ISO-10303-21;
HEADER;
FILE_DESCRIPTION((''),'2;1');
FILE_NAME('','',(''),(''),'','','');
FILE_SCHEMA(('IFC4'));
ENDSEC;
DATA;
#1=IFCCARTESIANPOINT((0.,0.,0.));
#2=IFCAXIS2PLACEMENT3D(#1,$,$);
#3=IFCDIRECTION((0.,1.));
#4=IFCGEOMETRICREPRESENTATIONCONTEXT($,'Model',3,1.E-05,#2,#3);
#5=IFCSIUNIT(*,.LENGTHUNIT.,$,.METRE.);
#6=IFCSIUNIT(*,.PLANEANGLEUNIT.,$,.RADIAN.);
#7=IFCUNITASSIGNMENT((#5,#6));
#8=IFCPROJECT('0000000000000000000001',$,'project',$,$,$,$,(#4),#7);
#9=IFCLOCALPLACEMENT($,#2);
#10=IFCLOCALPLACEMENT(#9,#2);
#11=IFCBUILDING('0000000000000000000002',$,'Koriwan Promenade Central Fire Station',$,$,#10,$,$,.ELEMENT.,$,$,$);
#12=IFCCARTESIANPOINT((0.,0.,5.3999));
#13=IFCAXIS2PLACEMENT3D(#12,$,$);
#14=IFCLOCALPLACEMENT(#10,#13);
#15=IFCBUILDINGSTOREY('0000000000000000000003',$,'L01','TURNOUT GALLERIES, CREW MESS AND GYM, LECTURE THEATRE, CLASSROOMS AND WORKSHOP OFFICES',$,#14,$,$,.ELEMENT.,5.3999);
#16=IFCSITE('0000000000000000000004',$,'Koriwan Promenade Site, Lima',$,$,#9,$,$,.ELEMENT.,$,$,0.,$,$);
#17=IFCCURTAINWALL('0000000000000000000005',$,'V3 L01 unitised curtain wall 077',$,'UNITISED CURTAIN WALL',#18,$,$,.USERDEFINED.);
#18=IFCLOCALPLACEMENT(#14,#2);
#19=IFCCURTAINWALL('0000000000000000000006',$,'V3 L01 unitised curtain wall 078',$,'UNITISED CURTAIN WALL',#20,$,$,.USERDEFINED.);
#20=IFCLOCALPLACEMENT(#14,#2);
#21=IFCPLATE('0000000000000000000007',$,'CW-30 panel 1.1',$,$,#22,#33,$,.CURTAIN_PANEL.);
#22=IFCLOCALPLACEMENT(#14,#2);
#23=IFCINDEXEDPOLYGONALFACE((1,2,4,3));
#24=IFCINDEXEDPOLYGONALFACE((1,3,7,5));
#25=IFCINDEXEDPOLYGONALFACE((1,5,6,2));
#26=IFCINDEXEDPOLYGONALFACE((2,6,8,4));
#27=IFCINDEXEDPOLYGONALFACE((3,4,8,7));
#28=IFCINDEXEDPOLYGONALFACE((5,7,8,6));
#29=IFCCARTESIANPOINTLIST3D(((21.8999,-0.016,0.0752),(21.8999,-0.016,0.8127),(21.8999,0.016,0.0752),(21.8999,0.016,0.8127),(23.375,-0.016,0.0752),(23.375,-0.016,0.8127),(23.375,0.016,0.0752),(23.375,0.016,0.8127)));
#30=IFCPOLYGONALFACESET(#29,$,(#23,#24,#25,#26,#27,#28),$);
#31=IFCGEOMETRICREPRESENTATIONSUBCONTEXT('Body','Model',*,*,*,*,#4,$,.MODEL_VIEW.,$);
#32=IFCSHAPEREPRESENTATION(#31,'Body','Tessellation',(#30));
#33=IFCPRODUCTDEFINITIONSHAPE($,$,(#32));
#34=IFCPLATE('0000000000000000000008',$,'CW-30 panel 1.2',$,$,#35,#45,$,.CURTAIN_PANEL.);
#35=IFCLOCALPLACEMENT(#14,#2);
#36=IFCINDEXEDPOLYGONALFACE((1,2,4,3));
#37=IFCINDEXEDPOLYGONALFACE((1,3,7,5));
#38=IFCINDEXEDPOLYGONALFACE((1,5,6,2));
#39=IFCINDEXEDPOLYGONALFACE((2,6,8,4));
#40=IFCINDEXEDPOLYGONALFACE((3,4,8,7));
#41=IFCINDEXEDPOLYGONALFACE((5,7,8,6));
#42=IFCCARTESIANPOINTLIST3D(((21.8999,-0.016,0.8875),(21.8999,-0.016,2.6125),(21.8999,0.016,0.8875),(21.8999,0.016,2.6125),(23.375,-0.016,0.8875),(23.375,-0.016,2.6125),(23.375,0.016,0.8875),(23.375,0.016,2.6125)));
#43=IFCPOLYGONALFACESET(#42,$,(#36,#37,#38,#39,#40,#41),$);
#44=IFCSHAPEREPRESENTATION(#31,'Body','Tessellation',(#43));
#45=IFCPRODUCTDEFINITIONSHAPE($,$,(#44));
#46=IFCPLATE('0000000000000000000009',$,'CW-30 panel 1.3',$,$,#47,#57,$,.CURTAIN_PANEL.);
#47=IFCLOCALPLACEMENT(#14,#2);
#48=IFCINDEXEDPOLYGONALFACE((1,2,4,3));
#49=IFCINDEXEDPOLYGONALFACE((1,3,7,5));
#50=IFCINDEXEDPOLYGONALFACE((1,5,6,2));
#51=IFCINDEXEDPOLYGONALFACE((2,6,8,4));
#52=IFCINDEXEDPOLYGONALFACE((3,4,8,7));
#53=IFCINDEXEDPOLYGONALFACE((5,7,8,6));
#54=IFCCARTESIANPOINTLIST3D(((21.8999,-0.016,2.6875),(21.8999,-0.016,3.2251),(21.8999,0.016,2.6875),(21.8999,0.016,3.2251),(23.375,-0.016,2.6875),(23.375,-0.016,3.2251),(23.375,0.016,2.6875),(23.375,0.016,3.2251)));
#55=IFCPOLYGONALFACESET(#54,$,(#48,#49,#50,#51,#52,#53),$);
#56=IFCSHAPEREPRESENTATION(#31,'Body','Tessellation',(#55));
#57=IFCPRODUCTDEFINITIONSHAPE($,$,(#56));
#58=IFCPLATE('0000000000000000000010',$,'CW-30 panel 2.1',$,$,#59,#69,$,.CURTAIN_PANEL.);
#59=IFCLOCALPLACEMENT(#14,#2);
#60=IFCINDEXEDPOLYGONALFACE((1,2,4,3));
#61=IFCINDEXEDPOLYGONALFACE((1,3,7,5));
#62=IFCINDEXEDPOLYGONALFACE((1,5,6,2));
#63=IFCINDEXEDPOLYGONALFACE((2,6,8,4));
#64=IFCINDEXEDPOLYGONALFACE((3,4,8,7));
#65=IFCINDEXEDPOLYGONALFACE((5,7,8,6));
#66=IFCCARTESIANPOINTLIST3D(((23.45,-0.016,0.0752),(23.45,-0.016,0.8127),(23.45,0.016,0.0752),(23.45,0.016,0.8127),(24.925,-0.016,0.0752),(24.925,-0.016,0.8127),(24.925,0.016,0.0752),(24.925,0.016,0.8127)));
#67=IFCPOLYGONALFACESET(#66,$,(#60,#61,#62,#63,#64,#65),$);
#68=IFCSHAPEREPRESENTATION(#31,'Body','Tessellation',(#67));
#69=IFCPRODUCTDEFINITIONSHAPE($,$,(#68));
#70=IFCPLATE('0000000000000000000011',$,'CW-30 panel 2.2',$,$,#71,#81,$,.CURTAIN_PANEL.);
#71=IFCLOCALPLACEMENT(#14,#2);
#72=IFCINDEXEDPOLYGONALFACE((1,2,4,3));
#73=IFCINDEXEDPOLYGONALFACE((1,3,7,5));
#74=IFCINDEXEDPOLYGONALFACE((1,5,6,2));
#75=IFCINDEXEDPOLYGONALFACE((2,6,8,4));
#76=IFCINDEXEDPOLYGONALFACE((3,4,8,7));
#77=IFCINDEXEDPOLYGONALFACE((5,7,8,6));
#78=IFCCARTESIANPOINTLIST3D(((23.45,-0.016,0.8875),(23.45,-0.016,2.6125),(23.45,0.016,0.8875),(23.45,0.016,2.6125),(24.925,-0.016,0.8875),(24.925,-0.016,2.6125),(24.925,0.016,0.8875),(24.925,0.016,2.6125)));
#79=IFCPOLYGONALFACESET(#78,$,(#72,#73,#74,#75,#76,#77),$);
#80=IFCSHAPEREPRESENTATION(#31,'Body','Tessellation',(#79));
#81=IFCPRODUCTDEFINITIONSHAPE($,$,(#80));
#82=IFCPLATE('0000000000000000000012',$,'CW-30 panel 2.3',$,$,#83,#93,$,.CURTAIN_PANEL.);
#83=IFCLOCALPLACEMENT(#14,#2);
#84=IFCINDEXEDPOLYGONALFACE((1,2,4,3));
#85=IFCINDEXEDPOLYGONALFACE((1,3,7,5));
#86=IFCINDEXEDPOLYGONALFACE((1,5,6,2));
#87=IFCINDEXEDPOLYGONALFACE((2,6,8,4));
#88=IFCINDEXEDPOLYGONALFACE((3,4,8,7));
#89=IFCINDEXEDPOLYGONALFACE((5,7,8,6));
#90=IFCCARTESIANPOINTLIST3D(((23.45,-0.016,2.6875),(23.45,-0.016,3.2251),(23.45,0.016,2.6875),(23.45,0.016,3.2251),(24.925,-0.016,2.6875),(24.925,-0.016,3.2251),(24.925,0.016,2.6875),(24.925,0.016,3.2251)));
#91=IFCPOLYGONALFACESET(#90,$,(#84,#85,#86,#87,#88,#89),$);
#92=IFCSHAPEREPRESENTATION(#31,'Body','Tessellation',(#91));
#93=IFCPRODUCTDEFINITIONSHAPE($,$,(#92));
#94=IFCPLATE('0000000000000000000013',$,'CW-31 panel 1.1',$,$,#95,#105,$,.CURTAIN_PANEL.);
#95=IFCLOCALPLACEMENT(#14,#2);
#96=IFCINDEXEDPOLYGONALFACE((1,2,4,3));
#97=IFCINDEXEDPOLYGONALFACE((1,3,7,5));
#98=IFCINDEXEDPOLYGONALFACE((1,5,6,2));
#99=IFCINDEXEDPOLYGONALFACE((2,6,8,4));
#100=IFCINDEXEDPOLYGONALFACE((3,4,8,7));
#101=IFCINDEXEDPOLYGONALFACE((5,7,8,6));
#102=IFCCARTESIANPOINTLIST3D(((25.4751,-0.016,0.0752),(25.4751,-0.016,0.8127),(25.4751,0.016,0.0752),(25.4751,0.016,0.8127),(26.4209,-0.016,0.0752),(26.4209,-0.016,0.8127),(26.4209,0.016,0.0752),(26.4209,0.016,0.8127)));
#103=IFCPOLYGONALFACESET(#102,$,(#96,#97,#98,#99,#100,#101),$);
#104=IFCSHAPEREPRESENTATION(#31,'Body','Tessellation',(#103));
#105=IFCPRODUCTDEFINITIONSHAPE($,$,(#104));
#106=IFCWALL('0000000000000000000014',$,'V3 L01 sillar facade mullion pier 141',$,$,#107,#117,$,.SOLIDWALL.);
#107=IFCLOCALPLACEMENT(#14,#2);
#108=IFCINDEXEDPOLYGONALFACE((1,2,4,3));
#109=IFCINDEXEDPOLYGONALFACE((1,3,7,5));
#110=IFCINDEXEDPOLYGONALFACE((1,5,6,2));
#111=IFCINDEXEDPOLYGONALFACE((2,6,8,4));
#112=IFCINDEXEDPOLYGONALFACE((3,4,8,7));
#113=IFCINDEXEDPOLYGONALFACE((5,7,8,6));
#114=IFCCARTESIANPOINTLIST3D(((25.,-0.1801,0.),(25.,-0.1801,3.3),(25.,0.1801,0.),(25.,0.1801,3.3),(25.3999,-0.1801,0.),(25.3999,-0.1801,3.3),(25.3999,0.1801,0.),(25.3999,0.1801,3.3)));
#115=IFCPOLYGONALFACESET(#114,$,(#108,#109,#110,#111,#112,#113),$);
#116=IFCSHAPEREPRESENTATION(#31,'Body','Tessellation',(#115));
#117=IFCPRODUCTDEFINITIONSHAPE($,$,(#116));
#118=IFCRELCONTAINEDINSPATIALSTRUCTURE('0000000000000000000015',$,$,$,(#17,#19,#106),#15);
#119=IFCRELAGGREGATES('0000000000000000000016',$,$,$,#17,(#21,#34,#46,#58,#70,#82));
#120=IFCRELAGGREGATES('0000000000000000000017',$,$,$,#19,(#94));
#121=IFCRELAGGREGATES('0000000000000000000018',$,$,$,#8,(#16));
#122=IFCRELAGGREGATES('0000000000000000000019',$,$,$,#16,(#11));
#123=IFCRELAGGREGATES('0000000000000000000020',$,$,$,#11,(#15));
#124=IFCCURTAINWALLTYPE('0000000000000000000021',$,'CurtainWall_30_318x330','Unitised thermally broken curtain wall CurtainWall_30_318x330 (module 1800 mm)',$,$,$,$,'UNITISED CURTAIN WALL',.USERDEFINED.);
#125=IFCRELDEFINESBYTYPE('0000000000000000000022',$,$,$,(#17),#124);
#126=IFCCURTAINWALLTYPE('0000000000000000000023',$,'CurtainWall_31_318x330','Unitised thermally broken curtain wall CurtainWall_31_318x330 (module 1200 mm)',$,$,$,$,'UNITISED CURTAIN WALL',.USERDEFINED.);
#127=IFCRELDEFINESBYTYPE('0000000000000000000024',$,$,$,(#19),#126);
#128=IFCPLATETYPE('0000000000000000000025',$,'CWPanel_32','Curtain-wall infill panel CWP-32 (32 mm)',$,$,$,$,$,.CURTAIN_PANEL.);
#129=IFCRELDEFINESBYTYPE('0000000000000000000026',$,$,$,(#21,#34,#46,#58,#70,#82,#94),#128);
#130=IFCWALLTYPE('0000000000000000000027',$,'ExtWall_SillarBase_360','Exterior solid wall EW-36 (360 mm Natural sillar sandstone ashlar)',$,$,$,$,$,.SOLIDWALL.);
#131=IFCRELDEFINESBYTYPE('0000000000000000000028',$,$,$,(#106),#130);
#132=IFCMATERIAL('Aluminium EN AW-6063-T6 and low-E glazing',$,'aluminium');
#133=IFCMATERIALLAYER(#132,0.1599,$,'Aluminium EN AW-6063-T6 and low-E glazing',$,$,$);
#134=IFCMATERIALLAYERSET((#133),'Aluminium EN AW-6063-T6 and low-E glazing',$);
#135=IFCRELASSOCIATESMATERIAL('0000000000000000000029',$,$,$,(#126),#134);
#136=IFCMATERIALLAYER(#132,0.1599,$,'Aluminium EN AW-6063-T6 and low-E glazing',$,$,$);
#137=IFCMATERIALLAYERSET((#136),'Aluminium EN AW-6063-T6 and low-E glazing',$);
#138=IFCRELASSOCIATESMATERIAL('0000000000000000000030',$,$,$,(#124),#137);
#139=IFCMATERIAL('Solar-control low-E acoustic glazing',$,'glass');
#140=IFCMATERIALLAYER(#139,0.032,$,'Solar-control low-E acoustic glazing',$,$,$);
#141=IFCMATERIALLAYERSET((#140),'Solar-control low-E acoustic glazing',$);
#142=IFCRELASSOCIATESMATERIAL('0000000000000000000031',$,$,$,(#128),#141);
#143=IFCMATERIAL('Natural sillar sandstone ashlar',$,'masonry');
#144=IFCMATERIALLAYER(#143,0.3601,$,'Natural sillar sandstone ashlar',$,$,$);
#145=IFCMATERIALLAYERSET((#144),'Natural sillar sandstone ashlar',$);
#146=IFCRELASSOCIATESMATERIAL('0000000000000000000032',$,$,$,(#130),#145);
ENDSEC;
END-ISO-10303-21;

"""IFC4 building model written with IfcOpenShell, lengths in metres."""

from ifc_helpers import new_model, si_unit, direction, frame, frame_2d, origin, origin_2d, place, context, subcontext, project, spatial, rectangle, extrude, material, layer, layer_set, type_object, element, aggregate, save


model = new_model("IFC4")

# Units and contexts
model_context = context("Model", 3, precision=1e-05, world=origin(), true_north=direction((0.0, 1.0)))
body_context = subcontext(model_context, "Body", "Model", "MODEL_VIEW")
ifc_project = project(units=[si_unit("LENGTHUNIT", "METRE"), si_unit("PLANEANGLEUNIT", "RADIAN")], contexts=[model_context])

# Site, building, storey
site_placement = place(None, origin())
site = spatial("IfcSite", under=ifc_project, at=site_placement, Name="Koriwan Promenade Site, Lima", CompositionType="ELEMENT", RefElevation=0.0)
building_placement = place(site_placement, origin())
building = spatial("IfcBuilding", under=site, at=building_placement, Name="Koriwan Promenade Central Fire Station", CompositionType="ELEMENT")
storey_placement = place(building_placement, frame((0.0, 0.0, 5.3999)))
storey = spatial("IfcBuildingStorey", under=building, at=storey_placement, Name="L01", Description="TURNOUT GALLERIES, CREW MESS AND GYM, LECTURE THEATRE, CLASSROOMS AND WORKSHOP OFFICES", CompositionType="ELEMENT", Elevation=5.3999)

# Shared definitions
ifc_material_1 = material(Name="Aluminium EN AW-6063-T6 and low-E glazing", Category="aluminium")
ifc_layer_1 = layer(ifc_material_1, 0.1599, Name="Aluminium EN AW-6063-T6 and low-E glazing")
ifc_layer_set_1 = layer_set([ifc_layer_1], Name="Aluminium EN AW-6063-T6 and low-E glazing")
curtain_wall_type_1 = type_object("IfcCurtainWallType", Name="CurtainWall_31_318x330", Description="Unitised thermally broken curtain wall CurtainWall_31_318x330 (module 1200 mm)", ElementType="UNITISED CURTAIN WALL", PredefinedType="USERDEFINED", material=ifc_layer_set_1)

# Curtain wall
ifc_layer_2 = layer(ifc_material_1, 0.1599, Name="Aluminium EN AW-6063-T6 and low-E glazing")
ifc_layer_set_2 = layer_set([ifc_layer_2], Name="Aluminium EN AW-6063-T6 and low-E glazing")
curtain_wall_type_2 = type_object("IfcCurtainWallType", Name="CurtainWall_30_318x330", Description="Unitised thermally broken curtain wall CurtainWall_30_318x330 (module 1800 mm)", ElementType="UNITISED CURTAIN WALL", PredefinedType="USERDEFINED", material=ifc_layer_set_2)
curtain_wall_1_placement = place(storey_placement, origin())
curtain_wall_1 = element("IfcCurtainWall", 1, at=curtain_wall_1_placement, inside=storey, type_object=curtain_wall_type_2, Name="V3 L01 unitised curtain wall 077", ObjectType="UNITISED CURTAIN WALL", PredefinedType="USERDEFINED")

# Curtain wall
curtain_wall_2_placement = place(storey_placement, origin())
curtain_wall_2 = element("IfcCurtainWall", 2, at=curtain_wall_2_placement, inside=storey, type_object=curtain_wall_type_1, Name="V3 L01 unitised curtain wall 078", ObjectType="UNITISED CURTAIN WALL", PredefinedType="USERDEFINED")

# Plates
ifc_material_2 = material(Name="Solar-control low-E acoustic glazing", Category="glass")
ifc_layer_3 = layer(ifc_material_2, 0.032, Name="Solar-control low-E acoustic glazing")
ifc_layer_set_3 = layer_set([ifc_layer_3], Name="Solar-control low-E acoustic glazing")
plate_type = type_object("IfcPlateType", Name="CWPanel_32", Description="Curtain-wall infill panel CWP-32 (32 mm)", PredefinedType="CURTAIN_PANEL", material=ifc_layer_set_3)
plate_1_placement = place(storey_placement, frame((22.6375, 0.0, 0.0752), z_axis=(0.0, 0.0, 1.0), x_axis=(1.0, 0.0, 0.0)))
plate_1 = element("IfcPlate", 3, at=plate_1_placement, type_object=plate_type, Name="CW-30 panel 1.1", PredefinedType="CURTAIN_PANEL", context=body_context, shape_type="SweptSolid", body=[
    extrude(rectangle(XDim=1.4751, YDim=0.032, at=origin_2d()), origin(), (0.0, 0.0, 1.0), 0.7375),
])
plate_2_placement = place(storey_placement, frame((22.6375, 0.0, 0.8875), z_axis=(0.0, 0.0, 1.0), x_axis=(1.0, 0.0, 0.0)))
plate_2 = element("IfcPlate", 4, at=plate_2_placement, type_object=plate_type, Name="CW-30 panel 1.2", PredefinedType="CURTAIN_PANEL", context=body_context, shape_type="SweptSolid", body=[
    extrude(rectangle(XDim=1.4751, YDim=0.032, at=origin_2d()), origin(), (0.0, 0.0, 1.0), 1.7251),
])
plate_3_placement = place(storey_placement, frame((22.6375, 0.0, 2.6875), z_axis=(0.0, 0.0, 1.0), x_axis=(1.0, 0.0, 0.0)))
plate_3 = element("IfcPlate", 5, at=plate_3_placement, type_object=plate_type, Name="CW-30 panel 1.3", PredefinedType="CURTAIN_PANEL", context=body_context, shape_type="SweptSolid", body=[
    extrude(rectangle(XDim=1.4751, YDim=0.032, at=origin_2d()), origin(), (0.0, 0.0, 1.0), 0.5376),
])
plate_4_placement = place(storey_placement, frame((24.1875, 0.0, 0.0752), z_axis=(0.0, 0.0, 1.0), x_axis=(1.0, 0.0, 0.0)))
plate_4 = element("IfcPlate", 6, at=plate_4_placement, type_object=plate_type, Name="CW-30 panel 2.1", PredefinedType="CURTAIN_PANEL", context=body_context, shape_type="SweptSolid", body=[
    extrude(rectangle(XDim=1.4751, YDim=0.032, at=origin_2d()), origin(), (0.0, 0.0, 1.0), 0.7375),
])
plate_5_placement = place(storey_placement, frame((24.1875, 0.0, 0.8875), z_axis=(0.0, 0.0, 1.0), x_axis=(1.0, 0.0, 0.0)))
plate_5 = element("IfcPlate", 7, at=plate_5_placement, type_object=plate_type, Name="CW-30 panel 2.2", PredefinedType="CURTAIN_PANEL", context=body_context, shape_type="SweptSolid", body=[
    extrude(rectangle(XDim=1.4751, YDim=0.032, at=origin_2d()), origin(), (0.0, 0.0, 1.0), 1.7251),
])
plate_6_placement = place(storey_placement, frame((24.1875, 0.0, 2.6875), z_axis=(0.0, 0.0, 1.0), x_axis=(1.0, 0.0, 0.0)))
plate_6 = element("IfcPlate", 8, at=plate_6_placement, type_object=plate_type, Name="CW-30 panel 2.3", PredefinedType="CURTAIN_PANEL", context=body_context, shape_type="SweptSolid", body=[
    extrude(rectangle(XDim=1.4751, YDim=0.032, at=origin_2d()), origin(), (0.0, 0.0, 1.0), 0.5376),
])
aggregate(curtain_wall_1, [plate_1, plate_2, plate_3, plate_4, plate_5, plate_6])
plate_7_placement = place(storey_placement, frame((25.948, 0.0, 0.0752), z_axis=(0.0, 0.0, 1.0), x_axis=(1.0, 0.0, 0.0)))
plate_7 = element("IfcPlate", 9, at=plate_7_placement, type_object=plate_type, Name="CW-31 panel 1.1", PredefinedType="CURTAIN_PANEL", context=body_context, shape_type="SweptSolid", body=[
    extrude(rectangle(XDim=0.9458, YDim=0.032, at=origin_2d()), origin(), (0.0, 0.0, 1.0), 0.7375),
])
aggregate(curtain_wall_2, [plate_7])

# Wall
ifc_material_3 = material(Name="Natural sillar sandstone ashlar", Category="masonry")
ifc_layer_4 = layer(ifc_material_3, 0.3601, Name="Natural sillar sandstone ashlar")
ifc_layer_set_4 = layer_set([ifc_layer_4], Name="Natural sillar sandstone ashlar")
wall_type = type_object("IfcWallType", Name="ExtWall_SillarBase_360", Description="Exterior solid wall EW-36 (360 mm Natural sillar sandstone ashlar)", PredefinedType="SOLIDWALL", material=ifc_layer_set_4)
wall_placement = place(storey_placement, frame((25.0, 0.0, 0.0), z_axis=(0.0, 0.0, 1.0), x_axis=(1.0, 0.0, 0.0)))
element("IfcWall", 10, at=wall_placement, inside=storey, type_object=wall_type, Name="V3 L01 sillar facade mullion pier 141", PredefinedType="SOLIDWALL", context=body_context, shape_type="SweptSolid", body=[
    extrude(rectangle(XDim=0.3999, YDim=0.3601, at=frame_2d((0.2, 0.0))), origin(), (0.0, 0.0, 1.0), 3.3),
])

save(model, "model.ifc")
